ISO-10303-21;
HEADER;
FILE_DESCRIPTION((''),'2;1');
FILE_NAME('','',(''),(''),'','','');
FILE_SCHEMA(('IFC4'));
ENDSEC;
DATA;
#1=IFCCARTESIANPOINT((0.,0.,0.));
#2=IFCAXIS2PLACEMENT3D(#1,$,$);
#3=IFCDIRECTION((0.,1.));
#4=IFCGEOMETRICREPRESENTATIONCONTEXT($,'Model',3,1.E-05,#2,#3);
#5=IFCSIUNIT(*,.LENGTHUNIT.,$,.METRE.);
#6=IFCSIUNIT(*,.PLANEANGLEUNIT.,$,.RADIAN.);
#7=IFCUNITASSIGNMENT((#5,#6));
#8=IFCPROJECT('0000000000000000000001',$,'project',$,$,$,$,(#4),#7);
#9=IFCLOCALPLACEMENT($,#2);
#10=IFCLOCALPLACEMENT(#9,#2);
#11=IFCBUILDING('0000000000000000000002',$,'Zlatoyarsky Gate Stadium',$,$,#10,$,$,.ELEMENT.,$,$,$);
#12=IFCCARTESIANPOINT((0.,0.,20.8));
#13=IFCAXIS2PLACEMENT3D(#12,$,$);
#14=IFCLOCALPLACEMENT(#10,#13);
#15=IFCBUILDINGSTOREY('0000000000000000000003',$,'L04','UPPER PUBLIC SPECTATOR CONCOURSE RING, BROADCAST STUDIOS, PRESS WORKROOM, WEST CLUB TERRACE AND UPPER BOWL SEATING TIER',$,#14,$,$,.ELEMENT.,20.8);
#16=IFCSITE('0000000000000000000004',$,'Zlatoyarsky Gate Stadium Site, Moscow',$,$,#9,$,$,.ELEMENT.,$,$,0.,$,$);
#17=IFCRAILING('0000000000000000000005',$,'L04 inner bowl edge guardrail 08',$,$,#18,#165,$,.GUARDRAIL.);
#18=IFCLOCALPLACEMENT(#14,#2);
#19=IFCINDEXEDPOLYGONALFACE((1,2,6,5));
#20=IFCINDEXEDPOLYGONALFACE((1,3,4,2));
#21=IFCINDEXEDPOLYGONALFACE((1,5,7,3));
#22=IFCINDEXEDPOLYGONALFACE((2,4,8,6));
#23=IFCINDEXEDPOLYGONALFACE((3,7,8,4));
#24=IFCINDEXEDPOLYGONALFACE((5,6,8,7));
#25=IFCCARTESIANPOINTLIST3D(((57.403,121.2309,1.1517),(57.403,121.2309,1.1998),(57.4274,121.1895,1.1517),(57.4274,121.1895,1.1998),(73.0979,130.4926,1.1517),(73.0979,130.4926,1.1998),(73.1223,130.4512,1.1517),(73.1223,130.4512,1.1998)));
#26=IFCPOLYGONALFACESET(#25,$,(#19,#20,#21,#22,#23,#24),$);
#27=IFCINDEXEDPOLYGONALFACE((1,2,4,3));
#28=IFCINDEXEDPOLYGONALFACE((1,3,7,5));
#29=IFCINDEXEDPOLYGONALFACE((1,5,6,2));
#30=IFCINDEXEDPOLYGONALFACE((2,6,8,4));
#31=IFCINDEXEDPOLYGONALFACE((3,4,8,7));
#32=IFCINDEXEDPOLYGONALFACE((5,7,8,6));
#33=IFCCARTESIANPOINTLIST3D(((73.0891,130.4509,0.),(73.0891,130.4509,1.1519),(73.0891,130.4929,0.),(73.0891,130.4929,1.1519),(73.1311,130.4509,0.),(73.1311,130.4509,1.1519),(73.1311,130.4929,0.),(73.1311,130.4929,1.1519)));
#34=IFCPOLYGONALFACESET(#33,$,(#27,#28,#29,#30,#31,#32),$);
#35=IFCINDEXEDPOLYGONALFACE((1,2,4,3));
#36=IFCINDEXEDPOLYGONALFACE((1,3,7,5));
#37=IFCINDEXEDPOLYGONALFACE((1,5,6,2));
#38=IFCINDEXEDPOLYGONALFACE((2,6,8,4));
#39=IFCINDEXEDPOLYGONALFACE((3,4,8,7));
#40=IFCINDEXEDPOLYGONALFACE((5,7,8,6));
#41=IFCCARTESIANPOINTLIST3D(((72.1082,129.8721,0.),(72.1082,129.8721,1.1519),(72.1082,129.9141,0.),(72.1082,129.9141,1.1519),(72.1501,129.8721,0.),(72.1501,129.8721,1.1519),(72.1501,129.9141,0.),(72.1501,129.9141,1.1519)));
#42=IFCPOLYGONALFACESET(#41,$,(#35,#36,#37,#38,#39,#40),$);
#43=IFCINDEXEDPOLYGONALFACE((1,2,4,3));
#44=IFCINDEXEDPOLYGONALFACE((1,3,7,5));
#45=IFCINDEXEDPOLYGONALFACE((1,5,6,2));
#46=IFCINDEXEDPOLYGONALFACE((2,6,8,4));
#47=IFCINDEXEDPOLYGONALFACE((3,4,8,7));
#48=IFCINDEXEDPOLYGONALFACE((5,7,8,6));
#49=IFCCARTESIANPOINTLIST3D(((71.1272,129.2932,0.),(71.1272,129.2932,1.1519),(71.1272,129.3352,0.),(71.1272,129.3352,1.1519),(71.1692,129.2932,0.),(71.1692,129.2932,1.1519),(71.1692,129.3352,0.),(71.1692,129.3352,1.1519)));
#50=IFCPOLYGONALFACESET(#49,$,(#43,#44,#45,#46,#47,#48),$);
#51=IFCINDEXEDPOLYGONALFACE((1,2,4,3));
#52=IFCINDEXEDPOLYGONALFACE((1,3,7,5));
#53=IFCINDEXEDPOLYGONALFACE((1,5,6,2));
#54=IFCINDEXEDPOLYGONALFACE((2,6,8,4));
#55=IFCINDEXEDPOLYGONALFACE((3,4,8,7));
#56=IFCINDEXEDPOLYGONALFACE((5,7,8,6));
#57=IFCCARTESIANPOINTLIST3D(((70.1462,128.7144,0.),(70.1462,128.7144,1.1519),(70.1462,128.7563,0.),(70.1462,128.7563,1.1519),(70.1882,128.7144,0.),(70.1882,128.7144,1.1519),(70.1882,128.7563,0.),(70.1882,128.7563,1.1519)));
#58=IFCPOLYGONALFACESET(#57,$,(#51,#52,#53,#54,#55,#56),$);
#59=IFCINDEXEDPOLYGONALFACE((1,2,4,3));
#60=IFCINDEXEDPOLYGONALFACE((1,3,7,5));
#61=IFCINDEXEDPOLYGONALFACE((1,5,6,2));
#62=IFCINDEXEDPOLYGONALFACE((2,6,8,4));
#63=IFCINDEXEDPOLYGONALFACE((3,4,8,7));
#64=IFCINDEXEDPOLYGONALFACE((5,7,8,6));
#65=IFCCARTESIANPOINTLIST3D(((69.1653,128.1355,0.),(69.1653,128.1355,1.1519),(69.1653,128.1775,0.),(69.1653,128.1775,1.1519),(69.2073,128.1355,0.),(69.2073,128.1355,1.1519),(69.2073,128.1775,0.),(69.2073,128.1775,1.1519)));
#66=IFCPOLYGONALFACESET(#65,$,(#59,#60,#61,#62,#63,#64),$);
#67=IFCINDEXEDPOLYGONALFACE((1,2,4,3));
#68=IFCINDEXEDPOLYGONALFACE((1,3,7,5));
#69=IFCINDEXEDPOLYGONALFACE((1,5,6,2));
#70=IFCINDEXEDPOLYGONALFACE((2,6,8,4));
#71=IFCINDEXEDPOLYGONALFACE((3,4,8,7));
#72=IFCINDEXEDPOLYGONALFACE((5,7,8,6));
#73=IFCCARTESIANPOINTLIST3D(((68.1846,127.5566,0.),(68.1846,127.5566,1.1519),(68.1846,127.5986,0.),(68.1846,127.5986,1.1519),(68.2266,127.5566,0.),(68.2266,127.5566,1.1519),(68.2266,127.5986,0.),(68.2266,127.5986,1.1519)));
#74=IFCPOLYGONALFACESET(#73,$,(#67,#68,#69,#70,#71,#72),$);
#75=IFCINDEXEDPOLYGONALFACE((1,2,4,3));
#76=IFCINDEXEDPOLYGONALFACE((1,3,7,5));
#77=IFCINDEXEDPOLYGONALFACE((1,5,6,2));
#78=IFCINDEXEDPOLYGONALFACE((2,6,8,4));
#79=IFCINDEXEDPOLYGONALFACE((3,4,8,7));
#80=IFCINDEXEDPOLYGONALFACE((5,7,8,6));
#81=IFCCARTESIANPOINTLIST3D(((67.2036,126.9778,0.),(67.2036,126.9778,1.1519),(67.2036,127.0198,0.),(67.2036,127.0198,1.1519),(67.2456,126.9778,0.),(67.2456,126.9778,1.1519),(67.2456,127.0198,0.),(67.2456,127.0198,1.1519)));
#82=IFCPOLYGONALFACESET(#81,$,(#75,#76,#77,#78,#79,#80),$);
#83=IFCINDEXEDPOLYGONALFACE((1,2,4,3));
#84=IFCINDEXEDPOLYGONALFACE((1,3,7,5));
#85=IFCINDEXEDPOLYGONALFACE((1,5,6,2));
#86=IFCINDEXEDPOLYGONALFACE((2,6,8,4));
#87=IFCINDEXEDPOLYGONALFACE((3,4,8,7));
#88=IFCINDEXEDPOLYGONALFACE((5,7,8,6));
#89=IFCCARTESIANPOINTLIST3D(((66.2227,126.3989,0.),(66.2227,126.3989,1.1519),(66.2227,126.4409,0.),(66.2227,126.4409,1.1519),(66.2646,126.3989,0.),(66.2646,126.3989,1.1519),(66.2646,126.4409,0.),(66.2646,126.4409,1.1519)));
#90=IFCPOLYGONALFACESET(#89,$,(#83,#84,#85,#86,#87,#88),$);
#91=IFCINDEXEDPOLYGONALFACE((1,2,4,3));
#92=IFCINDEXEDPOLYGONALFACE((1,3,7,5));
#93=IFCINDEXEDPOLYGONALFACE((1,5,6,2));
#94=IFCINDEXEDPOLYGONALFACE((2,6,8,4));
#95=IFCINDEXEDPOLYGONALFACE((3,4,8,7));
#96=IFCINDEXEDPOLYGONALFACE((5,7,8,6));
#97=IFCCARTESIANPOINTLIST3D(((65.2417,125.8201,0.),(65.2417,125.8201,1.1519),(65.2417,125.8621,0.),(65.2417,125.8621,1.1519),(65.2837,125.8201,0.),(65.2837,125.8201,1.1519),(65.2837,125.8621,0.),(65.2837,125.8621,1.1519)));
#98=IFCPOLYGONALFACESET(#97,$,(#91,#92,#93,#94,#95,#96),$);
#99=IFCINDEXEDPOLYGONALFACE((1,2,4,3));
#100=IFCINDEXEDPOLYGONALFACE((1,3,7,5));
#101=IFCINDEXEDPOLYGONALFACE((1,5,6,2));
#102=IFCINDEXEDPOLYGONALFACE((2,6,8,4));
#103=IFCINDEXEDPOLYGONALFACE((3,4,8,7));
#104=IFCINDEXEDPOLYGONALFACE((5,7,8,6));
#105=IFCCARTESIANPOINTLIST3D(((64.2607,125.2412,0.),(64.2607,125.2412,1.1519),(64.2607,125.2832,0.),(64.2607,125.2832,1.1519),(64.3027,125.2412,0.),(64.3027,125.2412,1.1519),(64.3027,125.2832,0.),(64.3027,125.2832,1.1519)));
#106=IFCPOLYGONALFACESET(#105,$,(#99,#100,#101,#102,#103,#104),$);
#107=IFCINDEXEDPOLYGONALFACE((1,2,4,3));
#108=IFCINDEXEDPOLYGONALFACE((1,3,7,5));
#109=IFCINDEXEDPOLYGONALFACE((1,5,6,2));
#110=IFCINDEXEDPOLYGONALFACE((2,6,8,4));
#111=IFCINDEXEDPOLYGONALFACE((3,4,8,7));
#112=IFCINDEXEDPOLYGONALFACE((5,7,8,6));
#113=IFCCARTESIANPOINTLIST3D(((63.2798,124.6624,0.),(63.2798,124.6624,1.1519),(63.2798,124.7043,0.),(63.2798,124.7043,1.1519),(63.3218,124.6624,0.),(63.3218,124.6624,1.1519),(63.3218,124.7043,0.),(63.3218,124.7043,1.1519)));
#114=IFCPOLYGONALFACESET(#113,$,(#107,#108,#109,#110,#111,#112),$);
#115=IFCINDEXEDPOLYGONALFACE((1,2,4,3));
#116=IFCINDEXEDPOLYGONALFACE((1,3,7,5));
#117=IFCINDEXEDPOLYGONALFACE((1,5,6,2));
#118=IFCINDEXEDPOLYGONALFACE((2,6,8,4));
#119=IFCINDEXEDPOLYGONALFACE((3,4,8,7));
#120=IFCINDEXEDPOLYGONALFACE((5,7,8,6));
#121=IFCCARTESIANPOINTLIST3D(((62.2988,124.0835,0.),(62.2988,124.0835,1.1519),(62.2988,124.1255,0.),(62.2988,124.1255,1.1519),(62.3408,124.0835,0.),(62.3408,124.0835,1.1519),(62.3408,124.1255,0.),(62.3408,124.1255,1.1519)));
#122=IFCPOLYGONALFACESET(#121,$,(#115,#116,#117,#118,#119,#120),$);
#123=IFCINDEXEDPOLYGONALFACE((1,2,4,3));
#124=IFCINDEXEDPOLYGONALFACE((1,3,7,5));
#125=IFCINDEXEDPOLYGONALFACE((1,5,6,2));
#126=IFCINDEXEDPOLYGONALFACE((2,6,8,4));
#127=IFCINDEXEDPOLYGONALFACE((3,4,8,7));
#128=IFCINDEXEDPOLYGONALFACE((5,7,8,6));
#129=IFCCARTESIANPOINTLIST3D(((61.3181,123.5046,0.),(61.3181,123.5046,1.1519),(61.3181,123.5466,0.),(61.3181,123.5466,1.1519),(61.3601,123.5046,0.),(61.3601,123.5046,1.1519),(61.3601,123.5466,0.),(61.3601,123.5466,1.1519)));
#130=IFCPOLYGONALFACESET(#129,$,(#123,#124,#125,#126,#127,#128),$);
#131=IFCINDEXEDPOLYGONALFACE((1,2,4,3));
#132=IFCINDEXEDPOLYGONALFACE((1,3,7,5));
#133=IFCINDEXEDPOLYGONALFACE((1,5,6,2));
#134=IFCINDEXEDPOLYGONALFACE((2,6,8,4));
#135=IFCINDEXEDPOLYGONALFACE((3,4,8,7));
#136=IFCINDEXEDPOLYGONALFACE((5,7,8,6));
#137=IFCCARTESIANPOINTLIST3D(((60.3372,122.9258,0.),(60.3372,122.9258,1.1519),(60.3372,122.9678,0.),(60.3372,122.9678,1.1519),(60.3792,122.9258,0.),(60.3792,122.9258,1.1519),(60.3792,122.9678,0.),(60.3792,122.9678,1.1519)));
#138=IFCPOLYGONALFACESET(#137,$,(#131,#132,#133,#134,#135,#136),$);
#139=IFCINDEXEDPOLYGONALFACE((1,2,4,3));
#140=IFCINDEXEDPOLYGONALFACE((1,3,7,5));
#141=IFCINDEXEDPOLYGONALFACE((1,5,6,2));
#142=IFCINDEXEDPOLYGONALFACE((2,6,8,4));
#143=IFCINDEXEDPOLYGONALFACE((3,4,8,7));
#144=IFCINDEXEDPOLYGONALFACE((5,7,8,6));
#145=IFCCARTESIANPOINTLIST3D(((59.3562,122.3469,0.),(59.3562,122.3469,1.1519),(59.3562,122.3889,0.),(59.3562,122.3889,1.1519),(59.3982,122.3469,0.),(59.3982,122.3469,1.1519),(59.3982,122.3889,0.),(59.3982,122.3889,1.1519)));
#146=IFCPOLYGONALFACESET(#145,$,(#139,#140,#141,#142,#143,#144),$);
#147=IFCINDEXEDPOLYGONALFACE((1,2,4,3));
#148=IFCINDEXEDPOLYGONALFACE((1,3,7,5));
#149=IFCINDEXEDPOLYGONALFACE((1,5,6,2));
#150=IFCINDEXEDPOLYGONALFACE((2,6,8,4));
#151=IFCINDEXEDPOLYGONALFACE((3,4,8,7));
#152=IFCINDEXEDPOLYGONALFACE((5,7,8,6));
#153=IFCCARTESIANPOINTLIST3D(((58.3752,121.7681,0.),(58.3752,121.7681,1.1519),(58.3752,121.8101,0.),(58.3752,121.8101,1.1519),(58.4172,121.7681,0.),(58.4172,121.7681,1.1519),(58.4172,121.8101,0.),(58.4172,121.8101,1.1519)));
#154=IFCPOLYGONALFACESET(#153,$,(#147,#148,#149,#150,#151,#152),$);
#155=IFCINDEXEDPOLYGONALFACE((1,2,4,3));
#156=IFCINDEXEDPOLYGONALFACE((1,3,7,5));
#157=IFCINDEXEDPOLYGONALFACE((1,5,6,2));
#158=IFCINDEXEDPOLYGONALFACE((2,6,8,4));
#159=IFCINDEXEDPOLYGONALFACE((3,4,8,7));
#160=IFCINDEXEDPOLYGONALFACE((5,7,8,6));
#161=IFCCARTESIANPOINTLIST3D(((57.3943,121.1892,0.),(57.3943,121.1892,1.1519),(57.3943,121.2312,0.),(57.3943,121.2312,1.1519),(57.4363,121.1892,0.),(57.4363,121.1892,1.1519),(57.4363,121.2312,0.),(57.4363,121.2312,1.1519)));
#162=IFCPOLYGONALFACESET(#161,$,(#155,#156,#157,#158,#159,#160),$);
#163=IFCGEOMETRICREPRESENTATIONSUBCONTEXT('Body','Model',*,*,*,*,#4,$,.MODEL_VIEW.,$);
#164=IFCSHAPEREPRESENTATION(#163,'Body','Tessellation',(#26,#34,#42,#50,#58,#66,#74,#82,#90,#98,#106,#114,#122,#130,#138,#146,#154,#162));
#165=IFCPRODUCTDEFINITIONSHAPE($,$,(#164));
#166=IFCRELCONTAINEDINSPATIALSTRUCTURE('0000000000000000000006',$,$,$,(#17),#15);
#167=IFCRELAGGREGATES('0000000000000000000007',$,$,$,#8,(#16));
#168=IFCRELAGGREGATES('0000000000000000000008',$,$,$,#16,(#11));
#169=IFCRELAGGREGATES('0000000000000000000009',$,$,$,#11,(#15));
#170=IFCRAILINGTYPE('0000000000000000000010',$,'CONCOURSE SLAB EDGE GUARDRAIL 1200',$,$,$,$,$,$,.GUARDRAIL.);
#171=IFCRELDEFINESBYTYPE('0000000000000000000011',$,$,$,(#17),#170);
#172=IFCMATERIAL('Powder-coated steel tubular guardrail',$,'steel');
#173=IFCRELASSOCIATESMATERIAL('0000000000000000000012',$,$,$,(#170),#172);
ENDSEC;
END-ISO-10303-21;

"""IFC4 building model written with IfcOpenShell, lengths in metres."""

from ifc_helpers import new_model, si_unit, direction, frame, origin, origin_2d, place, context, subcontext, project, spatial, rectangle, extrude, material, type_object, element, save


model = new_model("IFC4")

# Units and contexts
model_context = context("Model", 3, precision=1e-05, world=origin(), true_north=direction((0.0, 1.0)))
body_context = subcontext(model_context, "Body", "Model", "MODEL_VIEW")
ifc_project = project(units=[si_unit("LENGTHUNIT", "METRE"), si_unit("PLANEANGLEUNIT", "RADIAN")], contexts=[model_context])

# Site, building, storey
site_placement = place(None, origin())
site = spatial("IfcSite", under=ifc_project, at=site_placement, Name="Zlatoyarsky Gate Stadium Site, Moscow", CompositionType="ELEMENT", RefElevation=0.0)
building_placement = place(site_placement, origin())
building = spatial("IfcBuilding", under=site, at=building_placement, Name="Zlatoyarsky Gate Stadium", CompositionType="ELEMENT")
storey_placement = place(building_placement, frame((0.0, 0.0, 20.8)))
storey = spatial("IfcBuildingStorey", under=building, at=storey_placement, Name="L04", Description="UPPER PUBLIC SPECTATOR CONCOURSE RING, BROADCAST STUDIOS, PRESS WORKROOM, WEST CLUB TERRACE AND UPPER BOWL SEATING TIER", CompositionType="ELEMENT", Elevation=20.8)

# Railing
ifc_material_1 = material(Name="Powder-coated steel tubular guardrail", Category="steel")
railing_type_1 = type_object("IfcRailingType", Name="CONCOURSE SLAB EDGE GUARDRAIL 1200", PredefinedType="GUARDRAIL", material=ifc_material_1)
railing_1_placement = place(storey_placement, frame((73.1101, 130.4719, 0.0)))
element("IfcRailing", 1, at=railing_1_placement, inside=storey, type_object=railing_type_1, Name="L04 inner bowl edge guardrail 08", PredefinedType="GUARDRAIL", context=body_context, shape_type="SweptSolid", body=[
    extrude(rectangle(XDim=0.0481, YDim=0.0481, at=origin_2d()), frame((0.0, 0.0, 1.1758), z_axis=(-0.861227, -0.508221, 0.0), x_axis=(0.508221, -0.861227, 0.0)), (0.0, 0.0, 1.0), 18.2239),
    extrude(rectangle(XDim=0.042, YDim=0.042, at=origin_2d()), origin(), (0.0, 0.0, 1.0), 1.1519),
    extrude(rectangle(XDim=0.042, YDim=0.042, at=origin_2d()), frame((-0.981, -0.5789, 0.0)), (0.0, 0.0, 1.0), 1.1519),
    extrude(rectangle(XDim=0.042, YDim=0.042, at=origin_2d()), frame((-1.9619, -1.1577, 0.0)), (0.0, 0.0, 1.0), 1.1519),
    extrude(rectangle(XDim=0.042, YDim=0.042, at=origin_2d()), frame((-2.9429, -1.7366, 0.0)), (0.0, 0.0, 1.0), 1.1519),
    extrude(rectangle(XDim=0.042, YDim=0.042, at=origin_2d()), frame((-3.9238, -2.3154, 0.0)), (0.0, 0.0, 1.0), 1.1519),
    extrude(rectangle(XDim=0.042, YDim=0.042, at=origin_2d()), frame((-4.9045, -2.8943, 0.0)), (0.0, 0.0, 1.0), 1.1519),
    extrude(rectangle(XDim=0.042, YDim=0.042, at=origin_2d()), frame((-5.8855, -3.4731, 0.0)), (0.0, 0.0, 1.0), 1.1519),
    extrude(rectangle(XDim=0.042, YDim=0.042, at=origin_2d()), frame((-6.8665, -4.052, 0.0)), (0.0, 0.0, 1.0), 1.1519),
    extrude(rectangle(XDim=0.042, YDim=0.042, at=origin_2d()), frame((-7.8474, -4.6309, 0.0)), (0.0, 0.0, 1.0), 1.1519),
    extrude(rectangle(XDim=0.042, YDim=0.042, at=origin_2d()), frame((-8.8284, -5.2097, 0.0)), (0.0, 0.0, 1.0), 1.1519),
    extrude(rectangle(XDim=0.042, YDim=0.042, at=origin_2d()), frame((-9.8093, -5.7886, 0.0)), (0.0, 0.0, 1.0), 1.1519),
    extrude(rectangle(XDim=0.042, YDim=0.042, at=origin_2d()), frame((-10.7903, -6.3674, 0.0)), (0.0, 0.0, 1.0), 1.1519),
    extrude(rectangle(XDim=0.042, YDim=0.042, at=origin_2d()), frame((-11.771, -6.9463, 0.0)), (0.0, 0.0, 1.0), 1.1519),
    extrude(rectangle(XDim=0.042, YDim=0.042, at=origin_2d()), frame((-12.752, -7.5251, 0.0)), (0.0, 0.0, 1.0), 1.1519),
    extrude(rectangle(XDim=0.042, YDim=0.042, at=origin_2d()), frame((-13.7329, -8.104, 0.0)), (0.0, 0.0, 1.0), 1.1519),
    extrude(rectangle(XDim=0.042, YDim=0.042, at=origin_2d()), frame((-14.7139, -8.6829, 0.0)), (0.0, 0.0, 1.0), 1.1519),
    extrude(rectangle(XDim=0.042, YDim=0.042, at=origin_2d()), frame((-15.6948, -9.2617, 0.0)), (0.0, 0.0, 1.0), 1.1519),
])

save(model, "model.ifc")
